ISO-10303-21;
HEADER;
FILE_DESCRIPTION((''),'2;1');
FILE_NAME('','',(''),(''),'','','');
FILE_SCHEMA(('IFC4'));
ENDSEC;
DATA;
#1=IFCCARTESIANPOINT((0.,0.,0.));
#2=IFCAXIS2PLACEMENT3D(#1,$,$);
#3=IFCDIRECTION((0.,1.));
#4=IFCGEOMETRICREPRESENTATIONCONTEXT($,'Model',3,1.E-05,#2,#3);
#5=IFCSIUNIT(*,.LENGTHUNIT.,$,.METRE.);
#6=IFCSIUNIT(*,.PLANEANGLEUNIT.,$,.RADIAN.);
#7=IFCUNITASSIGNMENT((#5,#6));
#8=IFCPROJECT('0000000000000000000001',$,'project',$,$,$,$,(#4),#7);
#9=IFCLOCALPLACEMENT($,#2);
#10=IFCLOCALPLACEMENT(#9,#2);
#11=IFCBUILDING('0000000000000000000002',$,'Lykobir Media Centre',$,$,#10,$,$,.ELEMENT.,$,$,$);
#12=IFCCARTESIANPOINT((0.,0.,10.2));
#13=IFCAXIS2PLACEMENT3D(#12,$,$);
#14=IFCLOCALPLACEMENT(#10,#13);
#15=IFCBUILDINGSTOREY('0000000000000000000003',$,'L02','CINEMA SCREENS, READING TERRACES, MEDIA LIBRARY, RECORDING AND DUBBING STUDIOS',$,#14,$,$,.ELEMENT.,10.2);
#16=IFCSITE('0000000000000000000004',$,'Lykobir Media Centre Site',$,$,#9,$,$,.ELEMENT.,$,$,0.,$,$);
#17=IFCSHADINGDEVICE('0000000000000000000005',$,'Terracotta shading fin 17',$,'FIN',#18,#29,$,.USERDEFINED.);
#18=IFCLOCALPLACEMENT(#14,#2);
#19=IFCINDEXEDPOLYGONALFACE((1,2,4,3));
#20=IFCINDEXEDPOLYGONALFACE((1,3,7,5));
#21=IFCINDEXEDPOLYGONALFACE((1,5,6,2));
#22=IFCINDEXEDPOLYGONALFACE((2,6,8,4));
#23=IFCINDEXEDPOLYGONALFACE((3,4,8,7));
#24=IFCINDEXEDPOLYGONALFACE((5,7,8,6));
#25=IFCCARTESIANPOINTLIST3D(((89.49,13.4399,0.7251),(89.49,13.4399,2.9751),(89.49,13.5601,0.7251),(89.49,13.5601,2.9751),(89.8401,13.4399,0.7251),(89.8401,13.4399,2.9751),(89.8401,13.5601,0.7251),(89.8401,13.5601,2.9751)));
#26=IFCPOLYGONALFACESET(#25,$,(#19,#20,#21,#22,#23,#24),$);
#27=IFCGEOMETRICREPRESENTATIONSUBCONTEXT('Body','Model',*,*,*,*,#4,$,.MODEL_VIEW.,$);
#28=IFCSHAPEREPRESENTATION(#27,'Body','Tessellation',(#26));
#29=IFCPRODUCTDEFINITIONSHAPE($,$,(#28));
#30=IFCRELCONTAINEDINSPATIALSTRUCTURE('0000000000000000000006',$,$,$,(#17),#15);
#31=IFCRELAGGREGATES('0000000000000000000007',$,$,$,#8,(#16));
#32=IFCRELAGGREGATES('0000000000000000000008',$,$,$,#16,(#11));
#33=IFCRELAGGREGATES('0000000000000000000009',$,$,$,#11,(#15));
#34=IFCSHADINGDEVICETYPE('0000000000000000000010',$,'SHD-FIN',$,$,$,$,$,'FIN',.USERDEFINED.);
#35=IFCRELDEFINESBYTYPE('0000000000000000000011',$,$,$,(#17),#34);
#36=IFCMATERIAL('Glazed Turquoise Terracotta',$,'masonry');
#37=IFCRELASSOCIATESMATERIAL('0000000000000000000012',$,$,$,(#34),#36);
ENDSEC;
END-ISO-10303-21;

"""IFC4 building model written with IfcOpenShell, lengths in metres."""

from ifc_helpers import new_model, si_unit, direction, frame, origin, origin_2d, place, context, subcontext, project, spatial, rectangle, extrude, material, type_object, element, save


model = new_model("IFC4")

# Units and contexts
model_context = context("Model", 3, precision=1e-05, world=origin(), true_north=direction((0.0, 1.0)))
body_context = subcontext(model_context, "Body", "Model", "MODEL_VIEW")
ifc_project = project(units=[si_unit("LENGTHUNIT", "METRE"), si_unit("PLANEANGLEUNIT", "RADIAN")], contexts=[model_context])

# Site, building, storey
site_placement = place(None, origin())
site = spatial("IfcSite", under=ifc_project, at=site_placement, Name="Lykobir Media Centre Site", CompositionType="ELEMENT", RefElevation=0.0)
building_placement = place(site_placement, origin())
building = spatial("IfcBuilding", under=site, at=building_placement, Name="Lykobir Media Centre", CompositionType="ELEMENT")
storey_placement = place(building_placement, frame((0.0, 0.0, 10.2)))
storey = spatial("IfcBuildingStorey", under=building, at=storey_placement, Name="L02", Description="CINEMA SCREENS, READING TERRACES, MEDIA LIBRARY, RECORDING AND DUBBING STUDIOS", CompositionType="ELEMENT", Elevation=10.2)

# Shading device
ifc_material_1 = material(Name="Glazed Turquoise Terracotta", Category="masonry")
shading_device_type = type_object("IfcShadingDeviceType", Name="SHD-FIN", ElementType="FIN", PredefinedType="USERDEFINED", material=ifc_material_1)
for number, where, z_axis, x_axis, name in (
    (1, (89.665, 13.5, 0.7251), (0.0, 0.0, 1.0), (0.0, -1.0, 0.0), "Terracotta shading fin 17"),
):
    element("IfcShadingDevice", number, at=place(storey_placement, frame(where, z_axis=z_axis, x_axis=x_axis)), inside=storey, type_object=shading_device_type, Name=name, ObjectType="FIN", PredefinedType="USERDEFINED", context=body_context, shape_type="SweptSolid", body=[
        extrude(rectangle(XDim=0.1201, YDim=0.3501, at=origin_2d()), origin(), (0.0, 0.0, 1.0), 2.25),
    ])

save(model, "model.ifc")
